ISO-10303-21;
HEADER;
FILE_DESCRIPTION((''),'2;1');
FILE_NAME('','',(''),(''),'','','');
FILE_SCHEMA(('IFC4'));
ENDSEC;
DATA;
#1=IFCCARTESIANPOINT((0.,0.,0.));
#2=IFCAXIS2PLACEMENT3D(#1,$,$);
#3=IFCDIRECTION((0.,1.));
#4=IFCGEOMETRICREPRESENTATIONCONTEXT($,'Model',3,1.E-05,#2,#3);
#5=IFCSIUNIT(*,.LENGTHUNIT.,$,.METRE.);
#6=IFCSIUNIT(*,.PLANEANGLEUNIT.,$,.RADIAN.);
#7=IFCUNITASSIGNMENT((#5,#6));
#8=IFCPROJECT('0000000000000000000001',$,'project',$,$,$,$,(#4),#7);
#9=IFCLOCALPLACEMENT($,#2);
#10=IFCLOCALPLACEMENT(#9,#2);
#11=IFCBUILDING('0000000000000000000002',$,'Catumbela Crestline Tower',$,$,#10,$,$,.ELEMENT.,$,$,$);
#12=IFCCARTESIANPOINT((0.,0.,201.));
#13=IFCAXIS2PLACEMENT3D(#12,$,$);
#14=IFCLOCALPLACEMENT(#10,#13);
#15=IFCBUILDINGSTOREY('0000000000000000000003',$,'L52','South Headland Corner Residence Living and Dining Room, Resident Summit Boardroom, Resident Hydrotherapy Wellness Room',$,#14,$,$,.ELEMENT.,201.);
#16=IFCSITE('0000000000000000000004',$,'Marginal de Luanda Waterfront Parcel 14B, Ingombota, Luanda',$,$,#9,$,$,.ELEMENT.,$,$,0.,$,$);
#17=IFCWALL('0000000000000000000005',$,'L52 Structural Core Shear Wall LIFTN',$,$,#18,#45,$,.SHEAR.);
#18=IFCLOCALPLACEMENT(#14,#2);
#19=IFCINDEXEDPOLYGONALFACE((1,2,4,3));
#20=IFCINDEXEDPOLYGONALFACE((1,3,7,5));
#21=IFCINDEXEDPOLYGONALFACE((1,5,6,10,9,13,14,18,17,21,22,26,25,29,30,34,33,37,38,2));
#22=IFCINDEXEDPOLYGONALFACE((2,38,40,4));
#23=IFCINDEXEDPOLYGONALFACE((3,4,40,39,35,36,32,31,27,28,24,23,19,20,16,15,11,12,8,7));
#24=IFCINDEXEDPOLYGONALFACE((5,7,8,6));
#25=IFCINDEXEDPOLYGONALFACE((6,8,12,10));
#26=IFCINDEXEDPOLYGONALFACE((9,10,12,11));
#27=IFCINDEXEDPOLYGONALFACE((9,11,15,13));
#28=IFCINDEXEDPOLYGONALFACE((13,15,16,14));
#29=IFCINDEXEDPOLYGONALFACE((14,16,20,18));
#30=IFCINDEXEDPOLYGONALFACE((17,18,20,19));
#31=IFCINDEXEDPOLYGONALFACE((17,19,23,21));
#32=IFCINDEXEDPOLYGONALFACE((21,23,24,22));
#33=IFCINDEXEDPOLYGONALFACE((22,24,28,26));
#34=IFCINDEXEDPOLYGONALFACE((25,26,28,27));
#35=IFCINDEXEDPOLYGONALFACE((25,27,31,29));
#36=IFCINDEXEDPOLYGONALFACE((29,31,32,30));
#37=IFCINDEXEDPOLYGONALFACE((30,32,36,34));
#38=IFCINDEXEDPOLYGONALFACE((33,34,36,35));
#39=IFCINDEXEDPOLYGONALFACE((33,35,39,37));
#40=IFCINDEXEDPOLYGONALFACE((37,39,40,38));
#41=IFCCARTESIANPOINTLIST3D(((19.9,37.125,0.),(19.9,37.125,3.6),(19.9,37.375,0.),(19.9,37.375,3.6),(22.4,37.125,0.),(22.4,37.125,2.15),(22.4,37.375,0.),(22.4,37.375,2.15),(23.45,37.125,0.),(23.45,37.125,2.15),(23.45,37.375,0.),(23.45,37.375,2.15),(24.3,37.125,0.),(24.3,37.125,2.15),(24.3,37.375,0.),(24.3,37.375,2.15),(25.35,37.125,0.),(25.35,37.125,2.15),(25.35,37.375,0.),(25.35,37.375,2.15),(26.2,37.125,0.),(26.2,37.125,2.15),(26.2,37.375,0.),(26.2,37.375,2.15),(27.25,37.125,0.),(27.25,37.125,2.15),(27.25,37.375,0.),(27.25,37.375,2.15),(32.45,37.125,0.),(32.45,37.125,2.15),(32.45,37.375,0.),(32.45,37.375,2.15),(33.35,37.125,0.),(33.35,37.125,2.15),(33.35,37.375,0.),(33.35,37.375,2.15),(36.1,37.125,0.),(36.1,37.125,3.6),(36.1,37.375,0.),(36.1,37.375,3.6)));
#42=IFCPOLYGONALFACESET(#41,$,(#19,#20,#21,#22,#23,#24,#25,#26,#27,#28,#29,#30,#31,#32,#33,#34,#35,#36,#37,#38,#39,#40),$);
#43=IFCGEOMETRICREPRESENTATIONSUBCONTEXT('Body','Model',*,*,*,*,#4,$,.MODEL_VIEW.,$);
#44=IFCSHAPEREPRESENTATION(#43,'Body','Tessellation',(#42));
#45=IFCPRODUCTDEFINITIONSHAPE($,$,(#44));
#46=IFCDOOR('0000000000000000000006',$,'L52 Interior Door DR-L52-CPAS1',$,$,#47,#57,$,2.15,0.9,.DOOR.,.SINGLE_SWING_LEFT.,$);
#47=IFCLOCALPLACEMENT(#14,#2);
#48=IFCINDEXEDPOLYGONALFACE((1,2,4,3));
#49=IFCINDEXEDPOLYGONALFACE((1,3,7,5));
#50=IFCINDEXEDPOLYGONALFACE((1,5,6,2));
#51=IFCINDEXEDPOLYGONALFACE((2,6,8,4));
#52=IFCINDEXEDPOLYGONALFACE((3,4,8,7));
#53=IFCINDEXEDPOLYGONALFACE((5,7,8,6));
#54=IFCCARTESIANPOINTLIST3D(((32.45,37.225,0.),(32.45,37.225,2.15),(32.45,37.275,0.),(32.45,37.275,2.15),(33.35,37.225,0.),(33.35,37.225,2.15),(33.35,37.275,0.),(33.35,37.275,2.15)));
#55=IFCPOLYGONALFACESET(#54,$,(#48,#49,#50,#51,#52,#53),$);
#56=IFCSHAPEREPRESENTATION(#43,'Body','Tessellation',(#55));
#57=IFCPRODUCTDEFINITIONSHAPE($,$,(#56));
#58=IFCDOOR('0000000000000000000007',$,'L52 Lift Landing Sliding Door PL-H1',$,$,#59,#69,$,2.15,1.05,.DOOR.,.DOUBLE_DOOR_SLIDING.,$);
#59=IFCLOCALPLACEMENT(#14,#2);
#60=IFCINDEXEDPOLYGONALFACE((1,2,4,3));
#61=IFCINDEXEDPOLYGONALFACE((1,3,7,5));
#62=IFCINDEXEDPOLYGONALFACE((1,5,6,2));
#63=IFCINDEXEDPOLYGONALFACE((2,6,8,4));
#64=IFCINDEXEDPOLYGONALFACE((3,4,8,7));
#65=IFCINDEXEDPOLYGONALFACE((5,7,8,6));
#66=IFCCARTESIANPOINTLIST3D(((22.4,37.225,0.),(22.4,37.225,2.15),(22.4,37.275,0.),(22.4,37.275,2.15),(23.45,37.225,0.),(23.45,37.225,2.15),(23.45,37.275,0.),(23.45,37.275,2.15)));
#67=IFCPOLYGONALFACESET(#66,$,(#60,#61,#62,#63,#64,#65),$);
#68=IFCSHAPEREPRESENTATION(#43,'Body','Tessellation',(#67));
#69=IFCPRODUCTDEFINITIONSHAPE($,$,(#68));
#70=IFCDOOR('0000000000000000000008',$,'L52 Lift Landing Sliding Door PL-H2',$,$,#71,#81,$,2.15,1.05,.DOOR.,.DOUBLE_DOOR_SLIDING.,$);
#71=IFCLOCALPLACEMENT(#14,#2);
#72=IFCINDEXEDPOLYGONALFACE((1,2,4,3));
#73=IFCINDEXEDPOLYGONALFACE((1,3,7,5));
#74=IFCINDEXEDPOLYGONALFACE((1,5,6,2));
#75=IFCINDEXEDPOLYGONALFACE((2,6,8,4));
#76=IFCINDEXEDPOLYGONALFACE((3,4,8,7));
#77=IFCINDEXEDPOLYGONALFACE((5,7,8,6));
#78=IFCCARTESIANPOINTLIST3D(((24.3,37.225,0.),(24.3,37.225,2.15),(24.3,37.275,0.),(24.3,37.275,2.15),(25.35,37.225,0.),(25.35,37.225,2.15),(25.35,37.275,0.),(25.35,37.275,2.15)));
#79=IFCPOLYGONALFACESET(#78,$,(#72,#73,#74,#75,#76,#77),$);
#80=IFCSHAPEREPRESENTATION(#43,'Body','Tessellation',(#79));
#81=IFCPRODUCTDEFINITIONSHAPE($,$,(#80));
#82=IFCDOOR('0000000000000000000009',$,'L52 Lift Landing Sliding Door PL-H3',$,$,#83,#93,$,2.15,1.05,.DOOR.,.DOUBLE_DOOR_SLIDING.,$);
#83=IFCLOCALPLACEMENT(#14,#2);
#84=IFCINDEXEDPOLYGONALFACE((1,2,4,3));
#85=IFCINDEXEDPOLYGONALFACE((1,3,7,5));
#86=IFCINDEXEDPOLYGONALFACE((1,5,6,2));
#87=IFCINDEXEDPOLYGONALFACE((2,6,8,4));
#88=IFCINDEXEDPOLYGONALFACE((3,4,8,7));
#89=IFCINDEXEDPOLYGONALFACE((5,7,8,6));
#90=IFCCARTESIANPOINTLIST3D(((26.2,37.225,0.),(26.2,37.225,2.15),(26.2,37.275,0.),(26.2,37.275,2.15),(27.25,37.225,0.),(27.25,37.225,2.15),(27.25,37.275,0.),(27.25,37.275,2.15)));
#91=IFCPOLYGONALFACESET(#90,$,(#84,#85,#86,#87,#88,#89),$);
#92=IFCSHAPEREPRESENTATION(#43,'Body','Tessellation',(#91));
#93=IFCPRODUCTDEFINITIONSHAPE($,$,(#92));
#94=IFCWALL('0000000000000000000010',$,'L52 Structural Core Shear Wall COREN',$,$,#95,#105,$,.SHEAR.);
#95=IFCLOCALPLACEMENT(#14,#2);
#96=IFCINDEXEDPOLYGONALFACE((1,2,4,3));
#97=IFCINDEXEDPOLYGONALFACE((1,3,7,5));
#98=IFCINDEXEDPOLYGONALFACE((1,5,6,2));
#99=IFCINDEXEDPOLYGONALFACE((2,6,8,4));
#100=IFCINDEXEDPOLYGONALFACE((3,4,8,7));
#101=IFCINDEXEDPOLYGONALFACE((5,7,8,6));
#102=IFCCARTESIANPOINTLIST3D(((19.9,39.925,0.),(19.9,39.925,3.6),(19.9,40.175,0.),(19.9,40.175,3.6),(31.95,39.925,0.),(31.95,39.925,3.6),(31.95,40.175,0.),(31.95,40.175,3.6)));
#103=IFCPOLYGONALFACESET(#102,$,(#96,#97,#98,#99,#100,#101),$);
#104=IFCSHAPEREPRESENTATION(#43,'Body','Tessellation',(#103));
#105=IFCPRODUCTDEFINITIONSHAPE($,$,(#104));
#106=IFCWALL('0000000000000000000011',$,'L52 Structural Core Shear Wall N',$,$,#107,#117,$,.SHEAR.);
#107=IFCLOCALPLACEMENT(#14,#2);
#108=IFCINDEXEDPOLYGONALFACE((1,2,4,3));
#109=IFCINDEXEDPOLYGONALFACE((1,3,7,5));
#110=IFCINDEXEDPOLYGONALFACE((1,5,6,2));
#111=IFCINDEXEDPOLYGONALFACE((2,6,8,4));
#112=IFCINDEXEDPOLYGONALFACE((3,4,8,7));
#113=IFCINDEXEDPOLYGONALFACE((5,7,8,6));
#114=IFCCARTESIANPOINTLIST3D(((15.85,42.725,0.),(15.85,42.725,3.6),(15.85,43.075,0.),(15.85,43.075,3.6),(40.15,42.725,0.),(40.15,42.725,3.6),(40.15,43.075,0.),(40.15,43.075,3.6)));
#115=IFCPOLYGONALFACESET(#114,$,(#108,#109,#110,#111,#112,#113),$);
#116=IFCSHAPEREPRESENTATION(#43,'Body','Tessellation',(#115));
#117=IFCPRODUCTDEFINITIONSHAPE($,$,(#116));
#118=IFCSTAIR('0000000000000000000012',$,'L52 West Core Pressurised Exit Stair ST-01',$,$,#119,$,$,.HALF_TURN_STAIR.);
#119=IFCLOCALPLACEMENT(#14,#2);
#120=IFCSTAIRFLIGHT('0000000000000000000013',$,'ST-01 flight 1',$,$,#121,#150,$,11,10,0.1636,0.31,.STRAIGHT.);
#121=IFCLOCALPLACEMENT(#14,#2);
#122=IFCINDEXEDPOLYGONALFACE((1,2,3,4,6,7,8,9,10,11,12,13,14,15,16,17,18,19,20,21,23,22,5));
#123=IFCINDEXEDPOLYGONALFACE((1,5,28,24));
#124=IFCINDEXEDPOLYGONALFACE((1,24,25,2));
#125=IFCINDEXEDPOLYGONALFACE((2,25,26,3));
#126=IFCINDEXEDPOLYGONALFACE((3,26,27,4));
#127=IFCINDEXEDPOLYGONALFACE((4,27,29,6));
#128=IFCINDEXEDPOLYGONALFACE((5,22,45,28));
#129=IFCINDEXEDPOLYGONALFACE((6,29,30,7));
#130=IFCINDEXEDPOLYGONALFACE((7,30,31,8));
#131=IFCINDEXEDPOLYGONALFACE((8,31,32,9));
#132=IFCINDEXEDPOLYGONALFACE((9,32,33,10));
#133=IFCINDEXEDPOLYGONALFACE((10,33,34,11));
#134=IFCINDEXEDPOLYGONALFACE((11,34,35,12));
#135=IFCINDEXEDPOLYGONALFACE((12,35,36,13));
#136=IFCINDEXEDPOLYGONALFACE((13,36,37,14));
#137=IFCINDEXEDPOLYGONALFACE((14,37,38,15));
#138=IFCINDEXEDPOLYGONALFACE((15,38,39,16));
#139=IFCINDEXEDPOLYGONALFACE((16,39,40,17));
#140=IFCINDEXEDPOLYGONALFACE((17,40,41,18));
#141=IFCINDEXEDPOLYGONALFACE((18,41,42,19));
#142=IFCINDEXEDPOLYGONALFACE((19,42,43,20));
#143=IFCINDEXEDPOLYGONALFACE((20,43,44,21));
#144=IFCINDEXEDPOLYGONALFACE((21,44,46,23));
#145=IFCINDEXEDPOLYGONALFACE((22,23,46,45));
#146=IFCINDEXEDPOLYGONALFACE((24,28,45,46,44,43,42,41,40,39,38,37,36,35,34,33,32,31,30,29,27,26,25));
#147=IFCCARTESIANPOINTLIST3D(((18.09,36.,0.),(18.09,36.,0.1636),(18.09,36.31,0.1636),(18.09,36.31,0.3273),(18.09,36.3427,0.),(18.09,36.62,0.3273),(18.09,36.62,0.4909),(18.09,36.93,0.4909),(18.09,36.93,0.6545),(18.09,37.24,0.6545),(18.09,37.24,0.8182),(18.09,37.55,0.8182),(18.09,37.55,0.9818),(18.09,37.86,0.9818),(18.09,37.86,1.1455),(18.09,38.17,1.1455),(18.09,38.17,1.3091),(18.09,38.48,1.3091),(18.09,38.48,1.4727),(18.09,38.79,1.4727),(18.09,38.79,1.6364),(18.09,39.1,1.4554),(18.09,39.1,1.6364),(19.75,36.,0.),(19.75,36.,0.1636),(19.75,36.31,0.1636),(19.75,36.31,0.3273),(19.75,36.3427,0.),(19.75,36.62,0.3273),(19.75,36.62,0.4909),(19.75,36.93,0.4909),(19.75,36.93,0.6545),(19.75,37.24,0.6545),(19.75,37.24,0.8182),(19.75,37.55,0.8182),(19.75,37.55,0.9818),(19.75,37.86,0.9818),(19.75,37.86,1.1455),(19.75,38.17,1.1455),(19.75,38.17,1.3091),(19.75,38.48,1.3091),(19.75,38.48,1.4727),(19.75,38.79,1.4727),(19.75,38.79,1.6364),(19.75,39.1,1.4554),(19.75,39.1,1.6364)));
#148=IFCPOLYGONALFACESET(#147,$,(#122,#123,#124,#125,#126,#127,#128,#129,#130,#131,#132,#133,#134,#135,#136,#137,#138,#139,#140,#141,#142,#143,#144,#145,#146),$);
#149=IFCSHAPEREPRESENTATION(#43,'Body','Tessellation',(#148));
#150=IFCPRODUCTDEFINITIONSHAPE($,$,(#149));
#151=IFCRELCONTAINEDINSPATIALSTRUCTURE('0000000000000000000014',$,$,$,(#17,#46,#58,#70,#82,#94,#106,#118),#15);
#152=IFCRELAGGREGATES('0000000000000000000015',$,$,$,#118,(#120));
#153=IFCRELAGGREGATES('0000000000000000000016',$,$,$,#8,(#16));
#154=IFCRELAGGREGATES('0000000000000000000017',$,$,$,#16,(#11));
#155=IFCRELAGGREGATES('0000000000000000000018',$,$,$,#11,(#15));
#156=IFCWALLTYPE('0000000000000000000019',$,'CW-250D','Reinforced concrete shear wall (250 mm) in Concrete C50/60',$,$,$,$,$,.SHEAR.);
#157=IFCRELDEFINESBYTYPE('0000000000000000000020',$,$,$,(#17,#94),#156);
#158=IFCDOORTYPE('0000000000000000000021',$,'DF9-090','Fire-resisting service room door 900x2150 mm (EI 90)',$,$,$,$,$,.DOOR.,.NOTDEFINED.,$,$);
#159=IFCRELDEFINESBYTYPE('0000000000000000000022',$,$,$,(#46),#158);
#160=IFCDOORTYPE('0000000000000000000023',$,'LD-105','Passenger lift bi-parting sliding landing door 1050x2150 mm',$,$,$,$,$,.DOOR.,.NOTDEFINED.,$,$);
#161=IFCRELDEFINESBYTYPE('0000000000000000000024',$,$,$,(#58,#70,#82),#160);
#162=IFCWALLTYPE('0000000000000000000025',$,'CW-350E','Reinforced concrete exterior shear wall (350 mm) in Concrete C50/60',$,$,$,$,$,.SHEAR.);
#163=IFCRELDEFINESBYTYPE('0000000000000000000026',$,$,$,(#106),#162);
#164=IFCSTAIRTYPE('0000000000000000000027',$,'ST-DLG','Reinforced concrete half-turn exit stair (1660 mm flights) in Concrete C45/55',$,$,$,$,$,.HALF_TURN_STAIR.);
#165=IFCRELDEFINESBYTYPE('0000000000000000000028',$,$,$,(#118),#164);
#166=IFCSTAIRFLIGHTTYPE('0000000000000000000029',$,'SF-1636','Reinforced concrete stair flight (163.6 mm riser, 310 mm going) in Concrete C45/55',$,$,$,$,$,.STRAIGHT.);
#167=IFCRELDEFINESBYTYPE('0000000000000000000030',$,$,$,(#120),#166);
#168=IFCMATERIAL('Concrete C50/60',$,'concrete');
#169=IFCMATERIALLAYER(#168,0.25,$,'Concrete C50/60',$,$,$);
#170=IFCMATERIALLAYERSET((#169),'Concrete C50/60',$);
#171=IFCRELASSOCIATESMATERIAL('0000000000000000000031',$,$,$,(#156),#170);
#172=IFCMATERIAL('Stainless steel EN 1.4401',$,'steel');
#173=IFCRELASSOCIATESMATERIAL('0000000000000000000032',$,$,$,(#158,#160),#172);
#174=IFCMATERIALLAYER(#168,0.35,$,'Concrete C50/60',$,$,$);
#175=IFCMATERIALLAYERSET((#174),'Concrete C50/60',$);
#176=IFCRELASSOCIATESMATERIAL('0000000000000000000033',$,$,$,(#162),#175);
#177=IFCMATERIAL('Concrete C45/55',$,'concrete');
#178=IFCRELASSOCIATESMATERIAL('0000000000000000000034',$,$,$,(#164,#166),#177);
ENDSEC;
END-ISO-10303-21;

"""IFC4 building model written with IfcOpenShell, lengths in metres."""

from ifc_helpers import new_model, si_unit, direction, frame, frame_2d, origin, place, context, subcontext, project, spatial, polyline, rectangle, outline, extrude, material, layer, layer_set, type_object, element, fill, aggregate, save


model = new_model("IFC4")

# Units and contexts
model_context = context("Model", 3, precision=1e-05, world=origin(), true_north=direction((0.0, 1.0)))
body_context = subcontext(model_context, "Body", "Model", "MODEL_VIEW")
ifc_project = project(units=[si_unit("LENGTHUNIT", "METRE"), si_unit("PLANEANGLEUNIT", "RADIAN")], contexts=[model_context])

# Site, building, storey
site_placement = place(None, origin())
site = spatial("IfcSite", under=ifc_project, at=site_placement, Name="Marginal de Luanda Waterfront Parcel 14B, Ingombota, Luanda", CompositionType="ELEMENT", RefElevation=0.0)
building_placement = place(site_placement, origin())
building = spatial("IfcBuilding", under=site, at=building_placement, Name="Catumbela Crestline Tower", CompositionType="ELEMENT")
storey_placement = place(building_placement, frame((0.0, 0.0, 201.0)))
storey = spatial("IfcBuildingStorey", under=building, at=storey_placement, Name="L52", Description="South Headland Corner Residence Living and Dining Room, Resident Summit Boardroom, Resident Hydrotherapy Wellness Room", CompositionType="ELEMENT", Elevation=201.0)

# Shared definitions
ifc_material_1 = material(Name="Concrete C50/60", Category="concrete")
ifc_layer_1 = layer(ifc_material_1, 0.25, Name="Concrete C50/60")
ifc_layer_set_1 = layer_set([ifc_layer_1], Name="Concrete C50/60")
wall_type_1 = type_object("IfcWallType", Name="CW-250D", Description="Reinforced concrete shear wall (250 mm) in Concrete C50/60", PredefinedType="SHEAR", material=ifc_layer_set_1)

# Wall, openings, doors
ifc_material_2 = material(Name="Stainless steel EN 1.4401", Category="steel")
wall_1_placement = place(storey_placement, frame((19.9, 37.25, 0.0), z_axis=(0.0, 0.0, 1.0), x_axis=(1.0, 0.0, 0.0)))
wall_1 = element("IfcWall", 1, at=wall_1_placement, inside=storey, type_object=wall_type_1, Name="L52 Structural Core Shear Wall LIFTN", PredefinedType="SHEAR", context=body_context, shape_type="SweptSolid", body=[
    extrude(rectangle(XDim=16.2, YDim=0.25, at=frame_2d((8.1, 0.0))), origin(), (0.0, 0.0, 1.0), 3.6),
])
opening_1_placement = place(wall_1_placement, frame((12.55, 0.0, 0.0)))
opening_1 = element("IfcOpeningElement", 2, at=opening_1_placement, cuts=wall_1, PredefinedType="OPENING", context=body_context, shape_type="SweptSolid", body=[
    extrude(rectangle(XDim=0.9, YDim=2.15, at=frame_2d((0.45, 1.075))), frame((0.0, 0.135, 0.0), z_axis=(0.0, -1.0, 0.0), x_axis=(1.0, 0.0, 0.0)), (0.0, 0.0, 1.0), 0.27),
])
opening_2_placement = place(wall_1_placement, frame((2.5, 0.0, 0.0)))
opening_2 = element("IfcOpeningElement", 3, at=opening_2_placement, cuts=wall_1, PredefinedType="OPENING", context=body_context, shape_type="SweptSolid", body=[
    extrude(rectangle(XDim=1.05, YDim=2.15, at=frame_2d((0.525, 1.075))), frame((0.0, 0.135, 0.0), z_axis=(0.0, -1.0, 0.0), x_axis=(1.0, 0.0, 0.0)), (0.0, 0.0, 1.0), 0.27),
])
opening_3_placement = place(wall_1_placement, frame((4.4, 0.0, 0.0)))
opening_3 = element("IfcOpeningElement", 4, at=opening_3_placement, cuts=wall_1, PredefinedType="OPENING", context=body_context, shape_type="SweptSolid", body=[
    extrude(rectangle(XDim=1.05, YDim=2.15, at=frame_2d((0.525, 1.075))), frame((0.0, 0.135, 0.0), z_axis=(0.0, -1.0, 0.0), x_axis=(1.0, 0.0, 0.0)), (0.0, 0.0, 1.0), 0.27),
])
opening_4_placement = place(wall_1_placement, frame((6.3, 0.0, 0.0)))
opening_4 = element("IfcOpeningElement", 5, at=opening_4_placement, cuts=wall_1, PredefinedType="OPENING", context=body_context, shape_type="SweptSolid", body=[
    extrude(rectangle(XDim=1.05, YDim=2.15, at=frame_2d((0.525, 1.075))), frame((0.0, 0.135, 0.0), z_axis=(0.0, -1.0, 0.0), x_axis=(1.0, 0.0, 0.0)), (0.0, 0.0, 1.0), 0.27),
])
door_type_1 = type_object("IfcDoorType", Name="DF9-090", Description="Fire-resisting service room door 900x2150 mm (EI 90)", OperationType="NOTDEFINED", PredefinedType="DOOR", material=ifc_material_2)
door_1_placement = place(opening_1_placement, origin())
door_1 = element("IfcDoor", 6, at=door_1_placement, inside=storey, type_object=door_type_1, Name="L52 Interior Door DR-L52-CPAS1", OperationType="SINGLE_SWING_LEFT", OverallHeight=2.15, OverallWidth=0.9, PredefinedType="DOOR", context=body_context, shape_type="SweptSolid", body=[
    extrude(rectangle(XDim=0.9, YDim=2.15, at=frame_2d((0.45, 1.075))), frame((0.0, 0.025, 0.0), z_axis=(0.0, -1.0, 0.0), x_axis=(1.0, 0.0, 0.0)), (0.0, 0.0, 1.0), 0.05),
])
fill(opening_1, door_1)
door_type_2 = type_object("IfcDoorType", Name="LD-105", Description="Passenger lift bi-parting sliding landing door 1050x2150 mm", OperationType="NOTDEFINED", PredefinedType="DOOR", material=ifc_material_2)
door_2_placement = place(opening_2_placement, origin())
door_2 = element("IfcDoor", 7, at=door_2_placement, inside=storey, type_object=door_type_2, Name="L52 Lift Landing Sliding Door PL-H1", OperationType="DOUBLE_DOOR_SLIDING", OverallHeight=2.15, OverallWidth=1.05, PredefinedType="DOOR", context=body_context, shape_type="SweptSolid", body=[
    extrude(rectangle(XDim=1.05, YDim=2.15, at=frame_2d((0.525, 1.075))), frame((0.0, 0.025, 0.0), z_axis=(0.0, -1.0, 0.0), x_axis=(1.0, 0.0, 0.0)), (0.0, 0.0, 1.0), 0.05),
])
fill(opening_2, door_2)
door_3_placement = place(opening_3_placement, origin())
door_3 = element("IfcDoor", 8, at=door_3_placement, inside=storey, type_object=door_type_2, Name="L52 Lift Landing Sliding Door PL-H2", OperationType="DOUBLE_DOOR_SLIDING", OverallHeight=2.15, OverallWidth=1.05, PredefinedType="DOOR", context=body_context, shape_type="SweptSolid", body=[
    extrude(rectangle(XDim=1.05, YDim=2.15, at=frame_2d((0.525, 1.075))), frame((0.0, 0.025, 0.0), z_axis=(0.0, -1.0, 0.0), x_axis=(1.0, 0.0, 0.0)), (0.0, 0.0, 1.0), 0.05),
])
fill(opening_3, door_3)
door_4_placement = place(opening_4_placement, origin())
door_4 = element("IfcDoor", 9, at=door_4_placement, inside=storey, type_object=door_type_2, Name="L52 Lift Landing Sliding Door PL-H3", OperationType="DOUBLE_DOOR_SLIDING", OverallHeight=2.15, OverallWidth=1.05, PredefinedType="DOOR", context=body_context, shape_type="SweptSolid", body=[
    extrude(rectangle(XDim=1.05, YDim=2.15, at=frame_2d((0.525, 1.075))), frame((0.0, 0.025, 0.0), z_axis=(0.0, -1.0, 0.0), x_axis=(1.0, 0.0, 0.0)), (0.0, 0.0, 1.0), 0.05),
])
fill(opening_4, door_4)

# Walls
wall_2_placement = place(storey_placement, frame((19.9, 40.05, 0.0), z_axis=(0.0, 0.0, 1.0), x_axis=(1.0, 0.0, 0.0)))
element("IfcWall", 10, at=wall_2_placement, inside=storey, type_object=wall_type_1, Name="L52 Structural Core Shear Wall COREN", PredefinedType="SHEAR", context=body_context, shape_type="SweptSolid", body=[
    extrude(rectangle(XDim=12.05, YDim=0.25, at=frame_2d((6.025, 0.0))), origin(), (0.0, 0.0, 1.0), 3.6),
])
ifc_layer_2 = layer(ifc_material_1, 0.35, Name="Concrete C50/60")
ifc_layer_set_2 = layer_set([ifc_layer_2], Name="Concrete C50/60")
wall_type_2 = type_object("IfcWallType", Name="CW-350E", Description="Reinforced concrete exterior shear wall (350 mm) in Concrete C50/60", PredefinedType="SHEAR", material=ifc_layer_set_2)
wall_3_placement = place(storey_placement, frame((15.85, 42.9, 0.0), z_axis=(0.0, 0.0, 1.0), x_axis=(1.0, 0.0, 0.0)))
element("IfcWall", 11, at=wall_3_placement, inside=storey, type_object=wall_type_2, Name="L52 Structural Core Shear Wall N", PredefinedType="SHEAR", context=body_context, shape_type="SweptSolid", body=[
    extrude(rectangle(XDim=24.3, YDim=0.35, at=frame_2d((12.15, 0.0))), origin(), (0.0, 0.0, 1.0), 3.6),
])

# Stair, stair flight
ifc_material_3 = material(Name="Concrete C45/55", Category="concrete")
stair_type = type_object("IfcStairType", Name="ST-DLG", Description="Reinforced concrete half-turn exit stair (1660 mm flights) in Concrete C45/55", PredefinedType="HALF_TURN_STAIR", material=ifc_material_3)
stair_placement = place(storey_placement, origin())
stair = element("IfcStair", 12, at=stair_placement, inside=storey, type_object=stair_type, Name="L52 West Core Pressurised Exit Stair ST-01", PredefinedType="HALF_TURN_STAIR")
stair_flight_type = type_object("IfcStairFlightType", Name="SF-1636", Description="Reinforced concrete stair flight (163.6 mm riser, 310 mm going) in Concrete C45/55", PredefinedType="STRAIGHT", material=ifc_material_3)
stair_flight_1_placement = place(storey_placement, frame((18.92, 36.0, 0.0), z_axis=(0.0, 0.0, 1.0), x_axis=(0.0, 1.0, 0.0)))
stair_flight_1 = element("IfcStairFlight", 13, at=stair_flight_1_placement, type_object=stair_flight_type, Name="ST-01 flight 1", NumberOfRisers=11, NumberOfTreads=10, PredefinedType="STRAIGHT", RiserHeight=0.1636, TreadLength=0.31, context=body_context, shape_type="SweptSolid", body=[
    extrude(outline(polyline([(0.0, 0.0), (0.0, 0.1636), (0.31, 0.1636), (0.31, 0.3273), (0.62, 0.3273), (0.62, 0.4909), (0.93, 0.4909), (0.93, 0.6545), (1.24, 0.6545), (1.24, 0.8182), (1.55, 0.8182), (1.55, 0.9818), (1.86, 0.9818), (1.86, 1.1455), (2.17, 1.1455), (2.17, 1.3091), (2.48, 1.3091), (2.48, 1.4727), (2.79, 1.4727), (2.79, 1.6364), (3.1, 1.6364), (3.1, 1.8), (3.1, 1.4554), (0.3427, 0.0), (0.0, 0.0)])), frame((0.0, 0.83, 0.0), z_axis=(0.0, -1.0, 0.0), x_axis=(1.0, 0.0, 0.0)), (0.0, 0.0, 1.0), 1.66),
])
aggregate(stair, [stair_flight_1])

save(model, "model.ifc")
